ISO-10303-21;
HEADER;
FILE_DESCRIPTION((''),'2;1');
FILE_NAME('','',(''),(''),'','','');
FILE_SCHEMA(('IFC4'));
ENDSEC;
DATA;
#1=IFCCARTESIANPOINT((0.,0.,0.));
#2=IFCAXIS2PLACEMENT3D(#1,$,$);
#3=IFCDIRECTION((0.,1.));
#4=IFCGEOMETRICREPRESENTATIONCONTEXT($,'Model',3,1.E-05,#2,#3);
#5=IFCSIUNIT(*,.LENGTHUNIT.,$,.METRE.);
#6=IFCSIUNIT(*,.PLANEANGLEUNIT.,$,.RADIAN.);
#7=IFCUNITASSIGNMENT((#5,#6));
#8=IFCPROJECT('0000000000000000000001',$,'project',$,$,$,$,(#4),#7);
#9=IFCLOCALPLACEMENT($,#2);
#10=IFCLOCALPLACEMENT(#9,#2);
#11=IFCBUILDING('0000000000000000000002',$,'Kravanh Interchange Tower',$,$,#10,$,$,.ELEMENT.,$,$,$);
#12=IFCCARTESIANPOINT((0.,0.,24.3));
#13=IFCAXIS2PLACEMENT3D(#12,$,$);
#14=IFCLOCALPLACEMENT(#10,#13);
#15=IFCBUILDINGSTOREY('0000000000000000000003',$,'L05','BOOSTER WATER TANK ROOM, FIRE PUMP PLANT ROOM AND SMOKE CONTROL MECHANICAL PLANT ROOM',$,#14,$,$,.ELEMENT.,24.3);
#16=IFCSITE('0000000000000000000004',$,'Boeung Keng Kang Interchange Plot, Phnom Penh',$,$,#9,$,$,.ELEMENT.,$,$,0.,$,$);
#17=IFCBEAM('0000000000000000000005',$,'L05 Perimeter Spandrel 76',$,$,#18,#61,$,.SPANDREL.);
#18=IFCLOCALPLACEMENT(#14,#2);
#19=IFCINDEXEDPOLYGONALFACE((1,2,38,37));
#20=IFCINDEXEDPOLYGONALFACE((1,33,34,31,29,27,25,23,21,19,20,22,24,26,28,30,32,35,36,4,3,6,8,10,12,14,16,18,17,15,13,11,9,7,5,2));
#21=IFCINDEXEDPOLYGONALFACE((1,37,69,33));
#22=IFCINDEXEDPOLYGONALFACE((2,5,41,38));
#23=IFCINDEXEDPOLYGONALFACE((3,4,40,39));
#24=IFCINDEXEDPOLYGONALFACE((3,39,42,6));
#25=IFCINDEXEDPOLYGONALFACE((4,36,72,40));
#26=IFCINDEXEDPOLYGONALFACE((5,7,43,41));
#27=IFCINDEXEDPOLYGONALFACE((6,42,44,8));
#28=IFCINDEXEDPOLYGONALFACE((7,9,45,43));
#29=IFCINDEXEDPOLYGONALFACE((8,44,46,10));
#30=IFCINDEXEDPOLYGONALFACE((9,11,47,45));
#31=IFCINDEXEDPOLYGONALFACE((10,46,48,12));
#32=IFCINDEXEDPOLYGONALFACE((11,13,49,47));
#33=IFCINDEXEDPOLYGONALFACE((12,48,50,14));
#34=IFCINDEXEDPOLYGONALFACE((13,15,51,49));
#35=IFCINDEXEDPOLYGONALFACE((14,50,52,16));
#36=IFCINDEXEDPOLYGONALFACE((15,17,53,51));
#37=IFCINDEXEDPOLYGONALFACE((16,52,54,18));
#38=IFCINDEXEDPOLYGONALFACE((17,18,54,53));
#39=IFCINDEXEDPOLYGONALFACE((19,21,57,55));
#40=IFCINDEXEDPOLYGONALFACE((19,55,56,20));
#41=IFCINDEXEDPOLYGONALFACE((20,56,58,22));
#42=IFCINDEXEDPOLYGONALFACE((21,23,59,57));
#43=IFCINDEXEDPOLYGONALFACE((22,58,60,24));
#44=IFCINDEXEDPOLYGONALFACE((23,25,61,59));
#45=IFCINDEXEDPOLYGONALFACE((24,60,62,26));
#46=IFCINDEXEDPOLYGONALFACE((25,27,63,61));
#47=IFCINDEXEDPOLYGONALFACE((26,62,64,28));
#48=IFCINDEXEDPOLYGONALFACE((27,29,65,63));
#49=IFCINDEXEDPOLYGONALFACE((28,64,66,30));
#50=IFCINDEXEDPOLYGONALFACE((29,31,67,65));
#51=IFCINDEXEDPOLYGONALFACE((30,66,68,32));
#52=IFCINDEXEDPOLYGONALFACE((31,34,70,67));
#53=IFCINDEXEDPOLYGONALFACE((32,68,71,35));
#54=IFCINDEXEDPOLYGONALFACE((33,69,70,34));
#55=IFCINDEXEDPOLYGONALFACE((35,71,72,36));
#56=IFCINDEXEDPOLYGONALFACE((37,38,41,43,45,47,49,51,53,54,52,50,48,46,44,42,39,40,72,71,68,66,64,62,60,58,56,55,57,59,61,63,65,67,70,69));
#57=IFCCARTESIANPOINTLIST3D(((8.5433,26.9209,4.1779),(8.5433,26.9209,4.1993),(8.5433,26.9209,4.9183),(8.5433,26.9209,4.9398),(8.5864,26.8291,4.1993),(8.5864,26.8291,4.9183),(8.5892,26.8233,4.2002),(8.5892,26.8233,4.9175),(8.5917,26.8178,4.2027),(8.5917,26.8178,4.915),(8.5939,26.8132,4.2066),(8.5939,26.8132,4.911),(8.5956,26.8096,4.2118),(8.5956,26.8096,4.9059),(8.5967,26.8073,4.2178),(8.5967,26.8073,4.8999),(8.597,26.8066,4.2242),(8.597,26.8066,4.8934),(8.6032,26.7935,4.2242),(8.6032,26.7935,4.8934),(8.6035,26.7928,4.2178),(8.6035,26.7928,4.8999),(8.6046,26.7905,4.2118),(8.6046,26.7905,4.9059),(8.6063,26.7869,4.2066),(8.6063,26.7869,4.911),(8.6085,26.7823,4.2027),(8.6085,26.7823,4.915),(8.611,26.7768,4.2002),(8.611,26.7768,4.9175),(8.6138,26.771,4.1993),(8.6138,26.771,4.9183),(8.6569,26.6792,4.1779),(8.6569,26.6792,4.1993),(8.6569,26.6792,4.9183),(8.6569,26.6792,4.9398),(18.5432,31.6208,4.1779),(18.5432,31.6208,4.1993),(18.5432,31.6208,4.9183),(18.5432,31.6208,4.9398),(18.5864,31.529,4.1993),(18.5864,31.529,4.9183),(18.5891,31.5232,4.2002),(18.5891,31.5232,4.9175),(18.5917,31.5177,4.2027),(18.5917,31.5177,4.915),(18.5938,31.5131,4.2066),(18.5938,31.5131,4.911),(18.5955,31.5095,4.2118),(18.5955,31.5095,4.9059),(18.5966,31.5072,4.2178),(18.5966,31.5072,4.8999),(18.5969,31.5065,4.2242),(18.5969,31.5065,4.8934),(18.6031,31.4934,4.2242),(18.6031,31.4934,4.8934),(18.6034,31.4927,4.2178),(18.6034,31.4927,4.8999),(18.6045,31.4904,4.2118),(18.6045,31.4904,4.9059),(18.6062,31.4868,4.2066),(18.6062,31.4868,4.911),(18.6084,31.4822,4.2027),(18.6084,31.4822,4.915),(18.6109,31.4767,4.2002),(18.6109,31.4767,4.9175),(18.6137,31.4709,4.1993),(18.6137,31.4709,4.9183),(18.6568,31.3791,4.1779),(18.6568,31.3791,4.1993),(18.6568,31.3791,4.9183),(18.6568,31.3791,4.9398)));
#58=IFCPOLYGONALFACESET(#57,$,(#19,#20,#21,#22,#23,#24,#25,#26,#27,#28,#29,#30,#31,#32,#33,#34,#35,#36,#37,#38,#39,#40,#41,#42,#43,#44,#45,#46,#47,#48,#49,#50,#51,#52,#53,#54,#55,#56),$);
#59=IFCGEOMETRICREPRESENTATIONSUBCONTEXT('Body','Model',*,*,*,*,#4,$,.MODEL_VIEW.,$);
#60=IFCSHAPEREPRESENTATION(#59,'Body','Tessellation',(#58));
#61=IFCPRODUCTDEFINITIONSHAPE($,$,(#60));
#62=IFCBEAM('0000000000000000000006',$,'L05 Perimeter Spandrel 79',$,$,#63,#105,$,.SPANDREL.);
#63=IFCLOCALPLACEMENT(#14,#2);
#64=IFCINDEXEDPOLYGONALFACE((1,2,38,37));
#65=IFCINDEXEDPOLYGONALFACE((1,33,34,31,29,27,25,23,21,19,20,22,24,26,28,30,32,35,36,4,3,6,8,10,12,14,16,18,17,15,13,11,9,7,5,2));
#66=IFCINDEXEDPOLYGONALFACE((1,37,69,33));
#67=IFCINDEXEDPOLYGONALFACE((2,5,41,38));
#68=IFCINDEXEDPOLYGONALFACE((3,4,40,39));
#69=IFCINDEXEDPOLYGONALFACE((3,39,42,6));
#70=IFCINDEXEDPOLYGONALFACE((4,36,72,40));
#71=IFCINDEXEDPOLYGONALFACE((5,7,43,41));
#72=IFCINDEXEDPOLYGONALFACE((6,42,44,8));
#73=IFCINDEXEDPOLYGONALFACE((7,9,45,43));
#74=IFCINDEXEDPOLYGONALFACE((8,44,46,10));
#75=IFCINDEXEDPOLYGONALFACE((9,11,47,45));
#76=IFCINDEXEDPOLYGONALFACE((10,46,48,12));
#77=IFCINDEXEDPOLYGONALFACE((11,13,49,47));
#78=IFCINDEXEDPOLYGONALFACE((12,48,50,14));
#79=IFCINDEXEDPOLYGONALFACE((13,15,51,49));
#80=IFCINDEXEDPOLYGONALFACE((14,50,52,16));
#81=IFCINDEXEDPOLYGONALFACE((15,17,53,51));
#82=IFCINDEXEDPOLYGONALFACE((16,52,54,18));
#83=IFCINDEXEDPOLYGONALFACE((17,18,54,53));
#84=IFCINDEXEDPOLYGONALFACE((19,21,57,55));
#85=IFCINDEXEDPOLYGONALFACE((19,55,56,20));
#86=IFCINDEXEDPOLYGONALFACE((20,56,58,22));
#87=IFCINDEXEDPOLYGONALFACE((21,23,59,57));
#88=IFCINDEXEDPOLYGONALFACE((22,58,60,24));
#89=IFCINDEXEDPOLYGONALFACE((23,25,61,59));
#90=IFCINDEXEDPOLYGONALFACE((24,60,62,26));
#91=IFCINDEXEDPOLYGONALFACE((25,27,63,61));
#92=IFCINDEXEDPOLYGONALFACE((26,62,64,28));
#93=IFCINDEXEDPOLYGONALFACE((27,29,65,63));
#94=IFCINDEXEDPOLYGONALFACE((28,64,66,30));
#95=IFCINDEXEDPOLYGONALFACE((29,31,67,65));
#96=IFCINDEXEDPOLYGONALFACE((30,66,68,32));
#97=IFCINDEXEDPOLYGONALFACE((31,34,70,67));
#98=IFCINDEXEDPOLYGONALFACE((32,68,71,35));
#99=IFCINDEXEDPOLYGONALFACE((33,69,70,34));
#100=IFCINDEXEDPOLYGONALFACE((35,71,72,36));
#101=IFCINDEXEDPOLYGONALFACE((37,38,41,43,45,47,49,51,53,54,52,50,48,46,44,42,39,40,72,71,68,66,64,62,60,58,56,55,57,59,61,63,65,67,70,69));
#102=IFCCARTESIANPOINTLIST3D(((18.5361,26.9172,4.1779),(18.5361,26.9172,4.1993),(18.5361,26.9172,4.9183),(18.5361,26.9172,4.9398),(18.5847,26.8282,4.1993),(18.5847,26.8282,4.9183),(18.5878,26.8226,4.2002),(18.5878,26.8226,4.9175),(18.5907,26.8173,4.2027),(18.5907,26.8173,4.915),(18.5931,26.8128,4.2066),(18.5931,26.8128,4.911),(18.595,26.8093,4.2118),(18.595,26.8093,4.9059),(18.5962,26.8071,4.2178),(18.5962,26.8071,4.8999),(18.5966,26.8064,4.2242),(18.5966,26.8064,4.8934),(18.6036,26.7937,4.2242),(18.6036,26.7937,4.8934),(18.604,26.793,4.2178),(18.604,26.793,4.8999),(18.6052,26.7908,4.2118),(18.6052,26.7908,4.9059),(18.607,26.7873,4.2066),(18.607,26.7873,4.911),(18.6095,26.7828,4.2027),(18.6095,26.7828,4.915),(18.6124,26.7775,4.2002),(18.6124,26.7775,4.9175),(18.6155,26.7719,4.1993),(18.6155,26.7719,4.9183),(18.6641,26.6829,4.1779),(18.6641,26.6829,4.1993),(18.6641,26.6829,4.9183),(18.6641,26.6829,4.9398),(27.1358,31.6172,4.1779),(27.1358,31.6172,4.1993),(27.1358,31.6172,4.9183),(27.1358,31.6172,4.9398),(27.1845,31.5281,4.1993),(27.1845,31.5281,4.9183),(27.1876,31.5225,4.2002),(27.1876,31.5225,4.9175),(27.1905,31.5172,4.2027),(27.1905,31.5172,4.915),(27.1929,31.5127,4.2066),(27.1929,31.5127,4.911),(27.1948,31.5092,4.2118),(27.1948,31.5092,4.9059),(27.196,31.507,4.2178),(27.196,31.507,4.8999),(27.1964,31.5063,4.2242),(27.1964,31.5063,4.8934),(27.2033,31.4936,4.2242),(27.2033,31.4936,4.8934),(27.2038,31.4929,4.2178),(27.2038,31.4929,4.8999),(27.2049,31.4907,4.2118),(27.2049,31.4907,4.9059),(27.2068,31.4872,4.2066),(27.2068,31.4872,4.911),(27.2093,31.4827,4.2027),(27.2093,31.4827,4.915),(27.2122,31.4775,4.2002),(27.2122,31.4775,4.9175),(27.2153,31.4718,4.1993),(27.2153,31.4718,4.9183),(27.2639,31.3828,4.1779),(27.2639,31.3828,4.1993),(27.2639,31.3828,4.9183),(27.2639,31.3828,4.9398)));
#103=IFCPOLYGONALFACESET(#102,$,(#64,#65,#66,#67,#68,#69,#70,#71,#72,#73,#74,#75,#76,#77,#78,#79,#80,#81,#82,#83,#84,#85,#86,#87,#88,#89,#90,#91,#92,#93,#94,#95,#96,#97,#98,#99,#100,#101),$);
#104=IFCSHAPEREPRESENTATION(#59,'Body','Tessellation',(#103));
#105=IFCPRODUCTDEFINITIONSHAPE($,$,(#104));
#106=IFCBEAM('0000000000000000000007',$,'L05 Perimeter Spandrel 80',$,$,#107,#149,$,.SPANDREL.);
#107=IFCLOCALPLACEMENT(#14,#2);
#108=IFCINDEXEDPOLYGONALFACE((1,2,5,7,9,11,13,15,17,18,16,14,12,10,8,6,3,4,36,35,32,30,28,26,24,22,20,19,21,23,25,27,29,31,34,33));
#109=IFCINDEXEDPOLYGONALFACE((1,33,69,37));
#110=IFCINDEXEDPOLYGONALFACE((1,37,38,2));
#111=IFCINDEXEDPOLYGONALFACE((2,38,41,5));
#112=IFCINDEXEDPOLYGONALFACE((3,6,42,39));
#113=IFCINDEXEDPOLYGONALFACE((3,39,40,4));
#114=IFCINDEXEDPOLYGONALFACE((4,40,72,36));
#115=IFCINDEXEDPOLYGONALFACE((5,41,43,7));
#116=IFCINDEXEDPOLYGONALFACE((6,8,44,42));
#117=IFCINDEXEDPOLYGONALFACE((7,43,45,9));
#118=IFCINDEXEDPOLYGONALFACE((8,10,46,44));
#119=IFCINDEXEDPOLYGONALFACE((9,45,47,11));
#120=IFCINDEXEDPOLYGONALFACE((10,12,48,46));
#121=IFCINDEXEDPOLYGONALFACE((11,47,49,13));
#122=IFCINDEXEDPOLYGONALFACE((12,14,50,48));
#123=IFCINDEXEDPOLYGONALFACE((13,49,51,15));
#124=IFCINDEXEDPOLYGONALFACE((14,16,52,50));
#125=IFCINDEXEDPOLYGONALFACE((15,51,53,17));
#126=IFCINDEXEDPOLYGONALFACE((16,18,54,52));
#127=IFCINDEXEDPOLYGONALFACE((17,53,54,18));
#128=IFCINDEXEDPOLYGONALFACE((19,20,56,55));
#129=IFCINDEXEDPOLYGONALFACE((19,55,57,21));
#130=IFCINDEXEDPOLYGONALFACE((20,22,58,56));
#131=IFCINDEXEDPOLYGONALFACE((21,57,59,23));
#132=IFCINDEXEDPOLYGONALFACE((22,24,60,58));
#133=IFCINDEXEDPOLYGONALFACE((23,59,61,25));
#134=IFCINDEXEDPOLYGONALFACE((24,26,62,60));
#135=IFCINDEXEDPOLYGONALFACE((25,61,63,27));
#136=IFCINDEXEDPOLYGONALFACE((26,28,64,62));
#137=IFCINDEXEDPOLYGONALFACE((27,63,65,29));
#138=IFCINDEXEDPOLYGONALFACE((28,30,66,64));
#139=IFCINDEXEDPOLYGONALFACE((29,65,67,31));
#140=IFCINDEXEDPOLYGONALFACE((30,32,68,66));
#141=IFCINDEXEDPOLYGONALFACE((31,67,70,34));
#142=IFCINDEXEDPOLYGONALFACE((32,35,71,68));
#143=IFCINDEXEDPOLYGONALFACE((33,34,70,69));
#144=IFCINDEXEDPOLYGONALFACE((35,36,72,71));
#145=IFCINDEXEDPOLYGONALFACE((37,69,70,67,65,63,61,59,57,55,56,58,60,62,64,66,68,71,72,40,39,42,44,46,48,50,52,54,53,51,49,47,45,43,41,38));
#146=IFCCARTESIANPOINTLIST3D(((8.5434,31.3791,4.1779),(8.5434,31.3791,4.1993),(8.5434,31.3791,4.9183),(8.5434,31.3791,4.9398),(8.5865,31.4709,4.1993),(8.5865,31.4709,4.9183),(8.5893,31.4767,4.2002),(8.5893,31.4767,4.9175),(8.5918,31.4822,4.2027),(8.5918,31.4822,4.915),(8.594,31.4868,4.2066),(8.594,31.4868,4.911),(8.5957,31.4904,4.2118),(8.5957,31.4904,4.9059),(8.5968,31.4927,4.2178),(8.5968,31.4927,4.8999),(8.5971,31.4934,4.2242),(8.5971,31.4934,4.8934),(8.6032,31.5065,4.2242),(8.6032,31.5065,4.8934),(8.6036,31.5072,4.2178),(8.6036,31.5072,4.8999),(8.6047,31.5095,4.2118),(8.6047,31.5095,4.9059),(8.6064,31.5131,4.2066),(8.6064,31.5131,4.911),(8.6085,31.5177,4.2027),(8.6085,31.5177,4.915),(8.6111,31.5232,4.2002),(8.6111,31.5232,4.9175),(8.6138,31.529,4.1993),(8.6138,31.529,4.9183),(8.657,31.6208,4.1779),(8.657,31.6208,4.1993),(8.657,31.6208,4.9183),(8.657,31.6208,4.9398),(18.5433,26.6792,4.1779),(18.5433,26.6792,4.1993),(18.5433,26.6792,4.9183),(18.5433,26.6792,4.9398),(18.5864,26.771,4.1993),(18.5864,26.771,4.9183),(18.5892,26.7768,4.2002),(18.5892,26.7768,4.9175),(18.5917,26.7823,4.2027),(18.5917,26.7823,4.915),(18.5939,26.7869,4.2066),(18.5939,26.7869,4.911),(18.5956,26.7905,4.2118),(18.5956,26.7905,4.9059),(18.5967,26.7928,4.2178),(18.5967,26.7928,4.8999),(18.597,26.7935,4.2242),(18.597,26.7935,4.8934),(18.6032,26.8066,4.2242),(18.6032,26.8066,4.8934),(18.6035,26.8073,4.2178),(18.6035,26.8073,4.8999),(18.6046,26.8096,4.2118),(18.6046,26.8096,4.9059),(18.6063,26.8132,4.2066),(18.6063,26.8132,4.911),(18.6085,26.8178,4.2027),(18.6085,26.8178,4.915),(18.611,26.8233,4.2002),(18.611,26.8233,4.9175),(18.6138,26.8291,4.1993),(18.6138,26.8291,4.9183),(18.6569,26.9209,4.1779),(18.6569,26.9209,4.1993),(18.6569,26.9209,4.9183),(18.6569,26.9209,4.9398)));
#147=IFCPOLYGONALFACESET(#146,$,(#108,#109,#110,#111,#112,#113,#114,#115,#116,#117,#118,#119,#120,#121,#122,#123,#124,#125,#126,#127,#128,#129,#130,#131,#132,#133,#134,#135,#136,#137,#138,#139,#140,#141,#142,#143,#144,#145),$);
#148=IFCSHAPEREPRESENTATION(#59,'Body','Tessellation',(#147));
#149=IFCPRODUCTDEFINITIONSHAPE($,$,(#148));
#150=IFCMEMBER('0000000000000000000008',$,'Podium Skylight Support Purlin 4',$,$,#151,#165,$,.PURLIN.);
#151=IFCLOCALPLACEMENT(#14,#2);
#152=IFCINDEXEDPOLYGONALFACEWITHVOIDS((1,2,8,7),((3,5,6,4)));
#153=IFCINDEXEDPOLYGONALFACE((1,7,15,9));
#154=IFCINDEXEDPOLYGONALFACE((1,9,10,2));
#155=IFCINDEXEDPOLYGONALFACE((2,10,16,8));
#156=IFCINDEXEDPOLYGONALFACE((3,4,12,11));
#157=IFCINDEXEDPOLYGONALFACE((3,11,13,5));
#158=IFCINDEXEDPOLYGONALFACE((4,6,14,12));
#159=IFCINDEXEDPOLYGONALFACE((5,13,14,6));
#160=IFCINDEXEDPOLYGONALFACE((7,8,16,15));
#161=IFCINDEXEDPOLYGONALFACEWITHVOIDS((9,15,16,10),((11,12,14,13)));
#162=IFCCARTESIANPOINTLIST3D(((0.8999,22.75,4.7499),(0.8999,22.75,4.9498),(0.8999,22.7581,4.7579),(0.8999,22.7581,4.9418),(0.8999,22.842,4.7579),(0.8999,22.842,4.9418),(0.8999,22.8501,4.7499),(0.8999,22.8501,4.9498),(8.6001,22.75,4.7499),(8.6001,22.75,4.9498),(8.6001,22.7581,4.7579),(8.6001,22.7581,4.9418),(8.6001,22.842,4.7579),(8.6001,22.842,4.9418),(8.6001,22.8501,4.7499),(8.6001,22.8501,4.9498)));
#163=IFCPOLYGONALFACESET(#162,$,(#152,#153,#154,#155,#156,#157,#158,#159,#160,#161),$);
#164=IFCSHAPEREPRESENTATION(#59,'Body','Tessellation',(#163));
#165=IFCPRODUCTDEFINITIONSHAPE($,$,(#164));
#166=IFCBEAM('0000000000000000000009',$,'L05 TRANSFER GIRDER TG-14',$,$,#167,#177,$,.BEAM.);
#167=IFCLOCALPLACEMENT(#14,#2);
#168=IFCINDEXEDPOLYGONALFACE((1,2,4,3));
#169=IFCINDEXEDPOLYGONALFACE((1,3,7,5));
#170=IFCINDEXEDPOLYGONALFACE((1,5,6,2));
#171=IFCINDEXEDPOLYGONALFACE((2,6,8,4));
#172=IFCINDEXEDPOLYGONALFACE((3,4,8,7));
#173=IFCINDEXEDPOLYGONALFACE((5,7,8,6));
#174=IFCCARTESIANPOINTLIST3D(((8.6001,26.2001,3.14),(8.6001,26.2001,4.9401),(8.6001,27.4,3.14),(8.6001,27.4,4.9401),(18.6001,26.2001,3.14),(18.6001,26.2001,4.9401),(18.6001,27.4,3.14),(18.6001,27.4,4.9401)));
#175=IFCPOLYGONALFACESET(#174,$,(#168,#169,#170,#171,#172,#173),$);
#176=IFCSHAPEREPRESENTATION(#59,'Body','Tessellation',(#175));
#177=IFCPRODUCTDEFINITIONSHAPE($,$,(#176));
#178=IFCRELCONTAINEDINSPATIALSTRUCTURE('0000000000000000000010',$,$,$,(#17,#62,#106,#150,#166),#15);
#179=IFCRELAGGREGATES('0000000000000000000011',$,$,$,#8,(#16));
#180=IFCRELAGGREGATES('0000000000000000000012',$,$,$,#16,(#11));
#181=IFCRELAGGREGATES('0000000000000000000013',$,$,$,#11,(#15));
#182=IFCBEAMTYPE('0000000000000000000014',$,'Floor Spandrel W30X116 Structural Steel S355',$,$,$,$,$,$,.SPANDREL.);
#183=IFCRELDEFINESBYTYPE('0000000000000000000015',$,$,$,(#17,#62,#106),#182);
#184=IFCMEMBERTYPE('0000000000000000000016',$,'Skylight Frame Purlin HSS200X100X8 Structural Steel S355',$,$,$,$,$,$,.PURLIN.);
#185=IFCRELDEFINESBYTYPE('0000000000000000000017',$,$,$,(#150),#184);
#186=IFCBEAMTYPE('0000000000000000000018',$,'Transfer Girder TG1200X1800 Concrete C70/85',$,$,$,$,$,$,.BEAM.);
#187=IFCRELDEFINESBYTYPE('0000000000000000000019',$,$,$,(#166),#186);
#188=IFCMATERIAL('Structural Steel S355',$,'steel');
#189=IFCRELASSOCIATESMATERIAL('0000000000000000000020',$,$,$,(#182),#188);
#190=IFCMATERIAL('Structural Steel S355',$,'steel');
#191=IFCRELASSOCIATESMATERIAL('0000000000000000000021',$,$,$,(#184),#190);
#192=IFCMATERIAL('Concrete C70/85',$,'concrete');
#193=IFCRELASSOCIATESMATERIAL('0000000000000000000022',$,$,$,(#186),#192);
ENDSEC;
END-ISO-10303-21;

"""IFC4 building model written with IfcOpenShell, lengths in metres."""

from ifc_helpers import new_model, si_unit, direction, frame, origin, origin_2d, place, context, subcontext, project, spatial, rectangle, hollow_rectangle, i_section, extrude, material, material_profile, profile_set, type_object, element, save


model = new_model("IFC4")

# Units and contexts
model_context = context("Model", 3, precision=1e-05, world=origin(), true_north=direction((0.0, 1.0)))
body_context = subcontext(model_context, "Body", "Model", "MODEL_VIEW")
ifc_project = project(units=[si_unit("LENGTHUNIT", "METRE"), si_unit("PLANEANGLEUNIT", "RADIAN")], contexts=[model_context])

# Site, building, storey
site_placement = place(None, origin())
site = spatial("IfcSite", under=ifc_project, at=site_placement, Name="Boeung Keng Kang Interchange Plot, Phnom Penh", CompositionType="ELEMENT", RefElevation=0.0)
building_placement = place(site_placement, origin())
building = spatial("IfcBuilding", under=site, at=building_placement, Name="Kravanh Interchange Tower", CompositionType="ELEMENT")
storey_placement = place(building_placement, frame((0.0, 0.0, 24.3)))
storey = spatial("IfcBuildingStorey", under=building, at=storey_placement, Name="L05", Description="BOOSTER WATER TANK ROOM, FIRE PUMP PLANT ROOM AND SMOKE CONTROL MECHANICAL PLANT ROOM", CompositionType="ELEMENT", Elevation=24.3)

# Beams
ifc_material_1 = material(Name="Structural Steel S355", Category="steel")
ifc_material_profile_1 = material_profile(ifc_material_1, i_section(OverallWidth=0.2671, OverallDepth=0.762, WebThickness=0.0144, FlangeThickness=0.0215, FilletRadius=0.0249, at=origin_2d()), Name="W30X116")
ifc_profile_set_1 = profile_set([ifc_material_profile_1], Name="Structural Steel S355")
beam_type_1 = type_object("IfcBeamType", Name="Floor Spandrel W30X116 Structural Steel S355", PredefinedType="SPANDREL", material=ifc_profile_set_1)
beam_1_placement = place(storey_placement, frame((8.6001, 26.8, 4.5588), z_axis=(0.905025, 0.425358, 0.0), x_axis=(-0.425358, 0.905025, 0.0)))
element("IfcBeam", 1, at=beam_1_placement, inside=storey, type_object=beam_type_1, Name="L05 Perimeter Spandrel 76", PredefinedType="SPANDREL", context=body_context, shape_type="SweptSolid", body=[
    extrude(i_section(OverallWidth=0.2671, OverallDepth=0.762, WebThickness=0.0144, FlangeThickness=0.0215, FilletRadius=0.0249, at=origin_2d()), origin(), (0.0, 0.0, 1.0), 11.0493),
])
beam_2_placement = place(storey_placement, frame((18.6001, 26.8, 4.5588), z_axis=(0.877504, 0.479569, 0.0), x_axis=(-0.479569, 0.877504, 0.0)))
element("IfcBeam", 2, at=beam_2_placement, inside=storey, type_object=beam_type_1, Name="L05 Perimeter Spandrel 79", PredefinedType="SPANDREL", context=body_context, shape_type="SweptSolid", body=[
    extrude(i_section(OverallWidth=0.2671, OverallDepth=0.762, WebThickness=0.0144, FlangeThickness=0.0215, FilletRadius=0.0249, at=origin_2d()), origin(), (0.0, 0.0, 1.0), 9.8003),
])
beam_3_placement = place(storey_placement, frame((18.6001, 26.8, 4.5588), z_axis=(-0.905025, 0.425358, 0.0), x_axis=(-0.425358, -0.905025, 0.0)))
element("IfcBeam", 3, at=beam_3_placement, inside=storey, type_object=beam_type_1, Name="L05 Perimeter Spandrel 80", PredefinedType="SPANDREL", context=body_context, shape_type="SweptSolid", body=[
    extrude(i_section(OverallWidth=0.2671, OverallDepth=0.762, WebThickness=0.0144, FlangeThickness=0.0215, FilletRadius=0.0249, at=origin_2d()), origin(), (0.0, 0.0, 1.0), 11.0493),
])

# Member
ifc_material_2 = material(Name="Structural Steel S355", Category="steel")
ifc_material_profile_2 = material_profile(ifc_material_2, hollow_rectangle(XDim=0.1001, YDim=0.2, WallThickness=0.0081, at=origin_2d()), Name="HSS200X100X8")
ifc_profile_set_2 = profile_set([ifc_material_profile_2], Name="Structural Steel S355")
member_type_1 = type_object("IfcMemberType", Name="Skylight Frame Purlin HSS200X100X8 Structural Steel S355", PredefinedType="PURLIN", material=ifc_profile_set_2)
member_1_placement = place(storey_placement, frame((0.8999, 22.8, 4.8499), z_axis=(1.0, 0.0, 0.0), x_axis=(0.0, 1.0, 0.0)))
element("IfcMember", 4, at=member_1_placement, inside=storey, type_object=member_type_1, Name="Podium Skylight Support Purlin 4", PredefinedType="PURLIN", context=body_context, shape_type="SweptSolid", body=[
    extrude(hollow_rectangle(XDim=0.1001, YDim=0.2, WallThickness=0.0081, at=origin_2d()), origin(), (0.0, 0.0, 1.0), 7.7002),
])

# Beam
ifc_material_3 = material(Name="Concrete C70/85", Category="concrete")
ifc_material_profile_3 = material_profile(ifc_material_3, rectangle(XDim=1.2, YDim=1.8, at=origin_2d()), Name="TG1200X1800")
ifc_profile_set_3 = profile_set([ifc_material_profile_3], Name="Concrete C70/85")
beam_type_2 = type_object("IfcBeamType", Name="Transfer Girder TG1200X1800 Concrete C70/85", PredefinedType="BEAM", material=ifc_profile_set_3)
beam_4_placement = place(storey_placement, frame((8.6001, 26.8, 4.04), z_axis=(1.0, 0.0, 0.0), x_axis=(0.0, 1.0, 0.0)))
element("IfcBeam", 5, at=beam_4_placement, inside=storey, type_object=beam_type_2, Name="L05 TRANSFER GIRDER TG-14", PredefinedType="BEAM", context=body_context, shape_type="SweptSolid", body=[
    extrude(rectangle(XDim=1.2, YDim=1.8, at=origin_2d()), origin(), (0.0, 0.0, 1.0), 10.0),
])

save(model, "model.ifc")
